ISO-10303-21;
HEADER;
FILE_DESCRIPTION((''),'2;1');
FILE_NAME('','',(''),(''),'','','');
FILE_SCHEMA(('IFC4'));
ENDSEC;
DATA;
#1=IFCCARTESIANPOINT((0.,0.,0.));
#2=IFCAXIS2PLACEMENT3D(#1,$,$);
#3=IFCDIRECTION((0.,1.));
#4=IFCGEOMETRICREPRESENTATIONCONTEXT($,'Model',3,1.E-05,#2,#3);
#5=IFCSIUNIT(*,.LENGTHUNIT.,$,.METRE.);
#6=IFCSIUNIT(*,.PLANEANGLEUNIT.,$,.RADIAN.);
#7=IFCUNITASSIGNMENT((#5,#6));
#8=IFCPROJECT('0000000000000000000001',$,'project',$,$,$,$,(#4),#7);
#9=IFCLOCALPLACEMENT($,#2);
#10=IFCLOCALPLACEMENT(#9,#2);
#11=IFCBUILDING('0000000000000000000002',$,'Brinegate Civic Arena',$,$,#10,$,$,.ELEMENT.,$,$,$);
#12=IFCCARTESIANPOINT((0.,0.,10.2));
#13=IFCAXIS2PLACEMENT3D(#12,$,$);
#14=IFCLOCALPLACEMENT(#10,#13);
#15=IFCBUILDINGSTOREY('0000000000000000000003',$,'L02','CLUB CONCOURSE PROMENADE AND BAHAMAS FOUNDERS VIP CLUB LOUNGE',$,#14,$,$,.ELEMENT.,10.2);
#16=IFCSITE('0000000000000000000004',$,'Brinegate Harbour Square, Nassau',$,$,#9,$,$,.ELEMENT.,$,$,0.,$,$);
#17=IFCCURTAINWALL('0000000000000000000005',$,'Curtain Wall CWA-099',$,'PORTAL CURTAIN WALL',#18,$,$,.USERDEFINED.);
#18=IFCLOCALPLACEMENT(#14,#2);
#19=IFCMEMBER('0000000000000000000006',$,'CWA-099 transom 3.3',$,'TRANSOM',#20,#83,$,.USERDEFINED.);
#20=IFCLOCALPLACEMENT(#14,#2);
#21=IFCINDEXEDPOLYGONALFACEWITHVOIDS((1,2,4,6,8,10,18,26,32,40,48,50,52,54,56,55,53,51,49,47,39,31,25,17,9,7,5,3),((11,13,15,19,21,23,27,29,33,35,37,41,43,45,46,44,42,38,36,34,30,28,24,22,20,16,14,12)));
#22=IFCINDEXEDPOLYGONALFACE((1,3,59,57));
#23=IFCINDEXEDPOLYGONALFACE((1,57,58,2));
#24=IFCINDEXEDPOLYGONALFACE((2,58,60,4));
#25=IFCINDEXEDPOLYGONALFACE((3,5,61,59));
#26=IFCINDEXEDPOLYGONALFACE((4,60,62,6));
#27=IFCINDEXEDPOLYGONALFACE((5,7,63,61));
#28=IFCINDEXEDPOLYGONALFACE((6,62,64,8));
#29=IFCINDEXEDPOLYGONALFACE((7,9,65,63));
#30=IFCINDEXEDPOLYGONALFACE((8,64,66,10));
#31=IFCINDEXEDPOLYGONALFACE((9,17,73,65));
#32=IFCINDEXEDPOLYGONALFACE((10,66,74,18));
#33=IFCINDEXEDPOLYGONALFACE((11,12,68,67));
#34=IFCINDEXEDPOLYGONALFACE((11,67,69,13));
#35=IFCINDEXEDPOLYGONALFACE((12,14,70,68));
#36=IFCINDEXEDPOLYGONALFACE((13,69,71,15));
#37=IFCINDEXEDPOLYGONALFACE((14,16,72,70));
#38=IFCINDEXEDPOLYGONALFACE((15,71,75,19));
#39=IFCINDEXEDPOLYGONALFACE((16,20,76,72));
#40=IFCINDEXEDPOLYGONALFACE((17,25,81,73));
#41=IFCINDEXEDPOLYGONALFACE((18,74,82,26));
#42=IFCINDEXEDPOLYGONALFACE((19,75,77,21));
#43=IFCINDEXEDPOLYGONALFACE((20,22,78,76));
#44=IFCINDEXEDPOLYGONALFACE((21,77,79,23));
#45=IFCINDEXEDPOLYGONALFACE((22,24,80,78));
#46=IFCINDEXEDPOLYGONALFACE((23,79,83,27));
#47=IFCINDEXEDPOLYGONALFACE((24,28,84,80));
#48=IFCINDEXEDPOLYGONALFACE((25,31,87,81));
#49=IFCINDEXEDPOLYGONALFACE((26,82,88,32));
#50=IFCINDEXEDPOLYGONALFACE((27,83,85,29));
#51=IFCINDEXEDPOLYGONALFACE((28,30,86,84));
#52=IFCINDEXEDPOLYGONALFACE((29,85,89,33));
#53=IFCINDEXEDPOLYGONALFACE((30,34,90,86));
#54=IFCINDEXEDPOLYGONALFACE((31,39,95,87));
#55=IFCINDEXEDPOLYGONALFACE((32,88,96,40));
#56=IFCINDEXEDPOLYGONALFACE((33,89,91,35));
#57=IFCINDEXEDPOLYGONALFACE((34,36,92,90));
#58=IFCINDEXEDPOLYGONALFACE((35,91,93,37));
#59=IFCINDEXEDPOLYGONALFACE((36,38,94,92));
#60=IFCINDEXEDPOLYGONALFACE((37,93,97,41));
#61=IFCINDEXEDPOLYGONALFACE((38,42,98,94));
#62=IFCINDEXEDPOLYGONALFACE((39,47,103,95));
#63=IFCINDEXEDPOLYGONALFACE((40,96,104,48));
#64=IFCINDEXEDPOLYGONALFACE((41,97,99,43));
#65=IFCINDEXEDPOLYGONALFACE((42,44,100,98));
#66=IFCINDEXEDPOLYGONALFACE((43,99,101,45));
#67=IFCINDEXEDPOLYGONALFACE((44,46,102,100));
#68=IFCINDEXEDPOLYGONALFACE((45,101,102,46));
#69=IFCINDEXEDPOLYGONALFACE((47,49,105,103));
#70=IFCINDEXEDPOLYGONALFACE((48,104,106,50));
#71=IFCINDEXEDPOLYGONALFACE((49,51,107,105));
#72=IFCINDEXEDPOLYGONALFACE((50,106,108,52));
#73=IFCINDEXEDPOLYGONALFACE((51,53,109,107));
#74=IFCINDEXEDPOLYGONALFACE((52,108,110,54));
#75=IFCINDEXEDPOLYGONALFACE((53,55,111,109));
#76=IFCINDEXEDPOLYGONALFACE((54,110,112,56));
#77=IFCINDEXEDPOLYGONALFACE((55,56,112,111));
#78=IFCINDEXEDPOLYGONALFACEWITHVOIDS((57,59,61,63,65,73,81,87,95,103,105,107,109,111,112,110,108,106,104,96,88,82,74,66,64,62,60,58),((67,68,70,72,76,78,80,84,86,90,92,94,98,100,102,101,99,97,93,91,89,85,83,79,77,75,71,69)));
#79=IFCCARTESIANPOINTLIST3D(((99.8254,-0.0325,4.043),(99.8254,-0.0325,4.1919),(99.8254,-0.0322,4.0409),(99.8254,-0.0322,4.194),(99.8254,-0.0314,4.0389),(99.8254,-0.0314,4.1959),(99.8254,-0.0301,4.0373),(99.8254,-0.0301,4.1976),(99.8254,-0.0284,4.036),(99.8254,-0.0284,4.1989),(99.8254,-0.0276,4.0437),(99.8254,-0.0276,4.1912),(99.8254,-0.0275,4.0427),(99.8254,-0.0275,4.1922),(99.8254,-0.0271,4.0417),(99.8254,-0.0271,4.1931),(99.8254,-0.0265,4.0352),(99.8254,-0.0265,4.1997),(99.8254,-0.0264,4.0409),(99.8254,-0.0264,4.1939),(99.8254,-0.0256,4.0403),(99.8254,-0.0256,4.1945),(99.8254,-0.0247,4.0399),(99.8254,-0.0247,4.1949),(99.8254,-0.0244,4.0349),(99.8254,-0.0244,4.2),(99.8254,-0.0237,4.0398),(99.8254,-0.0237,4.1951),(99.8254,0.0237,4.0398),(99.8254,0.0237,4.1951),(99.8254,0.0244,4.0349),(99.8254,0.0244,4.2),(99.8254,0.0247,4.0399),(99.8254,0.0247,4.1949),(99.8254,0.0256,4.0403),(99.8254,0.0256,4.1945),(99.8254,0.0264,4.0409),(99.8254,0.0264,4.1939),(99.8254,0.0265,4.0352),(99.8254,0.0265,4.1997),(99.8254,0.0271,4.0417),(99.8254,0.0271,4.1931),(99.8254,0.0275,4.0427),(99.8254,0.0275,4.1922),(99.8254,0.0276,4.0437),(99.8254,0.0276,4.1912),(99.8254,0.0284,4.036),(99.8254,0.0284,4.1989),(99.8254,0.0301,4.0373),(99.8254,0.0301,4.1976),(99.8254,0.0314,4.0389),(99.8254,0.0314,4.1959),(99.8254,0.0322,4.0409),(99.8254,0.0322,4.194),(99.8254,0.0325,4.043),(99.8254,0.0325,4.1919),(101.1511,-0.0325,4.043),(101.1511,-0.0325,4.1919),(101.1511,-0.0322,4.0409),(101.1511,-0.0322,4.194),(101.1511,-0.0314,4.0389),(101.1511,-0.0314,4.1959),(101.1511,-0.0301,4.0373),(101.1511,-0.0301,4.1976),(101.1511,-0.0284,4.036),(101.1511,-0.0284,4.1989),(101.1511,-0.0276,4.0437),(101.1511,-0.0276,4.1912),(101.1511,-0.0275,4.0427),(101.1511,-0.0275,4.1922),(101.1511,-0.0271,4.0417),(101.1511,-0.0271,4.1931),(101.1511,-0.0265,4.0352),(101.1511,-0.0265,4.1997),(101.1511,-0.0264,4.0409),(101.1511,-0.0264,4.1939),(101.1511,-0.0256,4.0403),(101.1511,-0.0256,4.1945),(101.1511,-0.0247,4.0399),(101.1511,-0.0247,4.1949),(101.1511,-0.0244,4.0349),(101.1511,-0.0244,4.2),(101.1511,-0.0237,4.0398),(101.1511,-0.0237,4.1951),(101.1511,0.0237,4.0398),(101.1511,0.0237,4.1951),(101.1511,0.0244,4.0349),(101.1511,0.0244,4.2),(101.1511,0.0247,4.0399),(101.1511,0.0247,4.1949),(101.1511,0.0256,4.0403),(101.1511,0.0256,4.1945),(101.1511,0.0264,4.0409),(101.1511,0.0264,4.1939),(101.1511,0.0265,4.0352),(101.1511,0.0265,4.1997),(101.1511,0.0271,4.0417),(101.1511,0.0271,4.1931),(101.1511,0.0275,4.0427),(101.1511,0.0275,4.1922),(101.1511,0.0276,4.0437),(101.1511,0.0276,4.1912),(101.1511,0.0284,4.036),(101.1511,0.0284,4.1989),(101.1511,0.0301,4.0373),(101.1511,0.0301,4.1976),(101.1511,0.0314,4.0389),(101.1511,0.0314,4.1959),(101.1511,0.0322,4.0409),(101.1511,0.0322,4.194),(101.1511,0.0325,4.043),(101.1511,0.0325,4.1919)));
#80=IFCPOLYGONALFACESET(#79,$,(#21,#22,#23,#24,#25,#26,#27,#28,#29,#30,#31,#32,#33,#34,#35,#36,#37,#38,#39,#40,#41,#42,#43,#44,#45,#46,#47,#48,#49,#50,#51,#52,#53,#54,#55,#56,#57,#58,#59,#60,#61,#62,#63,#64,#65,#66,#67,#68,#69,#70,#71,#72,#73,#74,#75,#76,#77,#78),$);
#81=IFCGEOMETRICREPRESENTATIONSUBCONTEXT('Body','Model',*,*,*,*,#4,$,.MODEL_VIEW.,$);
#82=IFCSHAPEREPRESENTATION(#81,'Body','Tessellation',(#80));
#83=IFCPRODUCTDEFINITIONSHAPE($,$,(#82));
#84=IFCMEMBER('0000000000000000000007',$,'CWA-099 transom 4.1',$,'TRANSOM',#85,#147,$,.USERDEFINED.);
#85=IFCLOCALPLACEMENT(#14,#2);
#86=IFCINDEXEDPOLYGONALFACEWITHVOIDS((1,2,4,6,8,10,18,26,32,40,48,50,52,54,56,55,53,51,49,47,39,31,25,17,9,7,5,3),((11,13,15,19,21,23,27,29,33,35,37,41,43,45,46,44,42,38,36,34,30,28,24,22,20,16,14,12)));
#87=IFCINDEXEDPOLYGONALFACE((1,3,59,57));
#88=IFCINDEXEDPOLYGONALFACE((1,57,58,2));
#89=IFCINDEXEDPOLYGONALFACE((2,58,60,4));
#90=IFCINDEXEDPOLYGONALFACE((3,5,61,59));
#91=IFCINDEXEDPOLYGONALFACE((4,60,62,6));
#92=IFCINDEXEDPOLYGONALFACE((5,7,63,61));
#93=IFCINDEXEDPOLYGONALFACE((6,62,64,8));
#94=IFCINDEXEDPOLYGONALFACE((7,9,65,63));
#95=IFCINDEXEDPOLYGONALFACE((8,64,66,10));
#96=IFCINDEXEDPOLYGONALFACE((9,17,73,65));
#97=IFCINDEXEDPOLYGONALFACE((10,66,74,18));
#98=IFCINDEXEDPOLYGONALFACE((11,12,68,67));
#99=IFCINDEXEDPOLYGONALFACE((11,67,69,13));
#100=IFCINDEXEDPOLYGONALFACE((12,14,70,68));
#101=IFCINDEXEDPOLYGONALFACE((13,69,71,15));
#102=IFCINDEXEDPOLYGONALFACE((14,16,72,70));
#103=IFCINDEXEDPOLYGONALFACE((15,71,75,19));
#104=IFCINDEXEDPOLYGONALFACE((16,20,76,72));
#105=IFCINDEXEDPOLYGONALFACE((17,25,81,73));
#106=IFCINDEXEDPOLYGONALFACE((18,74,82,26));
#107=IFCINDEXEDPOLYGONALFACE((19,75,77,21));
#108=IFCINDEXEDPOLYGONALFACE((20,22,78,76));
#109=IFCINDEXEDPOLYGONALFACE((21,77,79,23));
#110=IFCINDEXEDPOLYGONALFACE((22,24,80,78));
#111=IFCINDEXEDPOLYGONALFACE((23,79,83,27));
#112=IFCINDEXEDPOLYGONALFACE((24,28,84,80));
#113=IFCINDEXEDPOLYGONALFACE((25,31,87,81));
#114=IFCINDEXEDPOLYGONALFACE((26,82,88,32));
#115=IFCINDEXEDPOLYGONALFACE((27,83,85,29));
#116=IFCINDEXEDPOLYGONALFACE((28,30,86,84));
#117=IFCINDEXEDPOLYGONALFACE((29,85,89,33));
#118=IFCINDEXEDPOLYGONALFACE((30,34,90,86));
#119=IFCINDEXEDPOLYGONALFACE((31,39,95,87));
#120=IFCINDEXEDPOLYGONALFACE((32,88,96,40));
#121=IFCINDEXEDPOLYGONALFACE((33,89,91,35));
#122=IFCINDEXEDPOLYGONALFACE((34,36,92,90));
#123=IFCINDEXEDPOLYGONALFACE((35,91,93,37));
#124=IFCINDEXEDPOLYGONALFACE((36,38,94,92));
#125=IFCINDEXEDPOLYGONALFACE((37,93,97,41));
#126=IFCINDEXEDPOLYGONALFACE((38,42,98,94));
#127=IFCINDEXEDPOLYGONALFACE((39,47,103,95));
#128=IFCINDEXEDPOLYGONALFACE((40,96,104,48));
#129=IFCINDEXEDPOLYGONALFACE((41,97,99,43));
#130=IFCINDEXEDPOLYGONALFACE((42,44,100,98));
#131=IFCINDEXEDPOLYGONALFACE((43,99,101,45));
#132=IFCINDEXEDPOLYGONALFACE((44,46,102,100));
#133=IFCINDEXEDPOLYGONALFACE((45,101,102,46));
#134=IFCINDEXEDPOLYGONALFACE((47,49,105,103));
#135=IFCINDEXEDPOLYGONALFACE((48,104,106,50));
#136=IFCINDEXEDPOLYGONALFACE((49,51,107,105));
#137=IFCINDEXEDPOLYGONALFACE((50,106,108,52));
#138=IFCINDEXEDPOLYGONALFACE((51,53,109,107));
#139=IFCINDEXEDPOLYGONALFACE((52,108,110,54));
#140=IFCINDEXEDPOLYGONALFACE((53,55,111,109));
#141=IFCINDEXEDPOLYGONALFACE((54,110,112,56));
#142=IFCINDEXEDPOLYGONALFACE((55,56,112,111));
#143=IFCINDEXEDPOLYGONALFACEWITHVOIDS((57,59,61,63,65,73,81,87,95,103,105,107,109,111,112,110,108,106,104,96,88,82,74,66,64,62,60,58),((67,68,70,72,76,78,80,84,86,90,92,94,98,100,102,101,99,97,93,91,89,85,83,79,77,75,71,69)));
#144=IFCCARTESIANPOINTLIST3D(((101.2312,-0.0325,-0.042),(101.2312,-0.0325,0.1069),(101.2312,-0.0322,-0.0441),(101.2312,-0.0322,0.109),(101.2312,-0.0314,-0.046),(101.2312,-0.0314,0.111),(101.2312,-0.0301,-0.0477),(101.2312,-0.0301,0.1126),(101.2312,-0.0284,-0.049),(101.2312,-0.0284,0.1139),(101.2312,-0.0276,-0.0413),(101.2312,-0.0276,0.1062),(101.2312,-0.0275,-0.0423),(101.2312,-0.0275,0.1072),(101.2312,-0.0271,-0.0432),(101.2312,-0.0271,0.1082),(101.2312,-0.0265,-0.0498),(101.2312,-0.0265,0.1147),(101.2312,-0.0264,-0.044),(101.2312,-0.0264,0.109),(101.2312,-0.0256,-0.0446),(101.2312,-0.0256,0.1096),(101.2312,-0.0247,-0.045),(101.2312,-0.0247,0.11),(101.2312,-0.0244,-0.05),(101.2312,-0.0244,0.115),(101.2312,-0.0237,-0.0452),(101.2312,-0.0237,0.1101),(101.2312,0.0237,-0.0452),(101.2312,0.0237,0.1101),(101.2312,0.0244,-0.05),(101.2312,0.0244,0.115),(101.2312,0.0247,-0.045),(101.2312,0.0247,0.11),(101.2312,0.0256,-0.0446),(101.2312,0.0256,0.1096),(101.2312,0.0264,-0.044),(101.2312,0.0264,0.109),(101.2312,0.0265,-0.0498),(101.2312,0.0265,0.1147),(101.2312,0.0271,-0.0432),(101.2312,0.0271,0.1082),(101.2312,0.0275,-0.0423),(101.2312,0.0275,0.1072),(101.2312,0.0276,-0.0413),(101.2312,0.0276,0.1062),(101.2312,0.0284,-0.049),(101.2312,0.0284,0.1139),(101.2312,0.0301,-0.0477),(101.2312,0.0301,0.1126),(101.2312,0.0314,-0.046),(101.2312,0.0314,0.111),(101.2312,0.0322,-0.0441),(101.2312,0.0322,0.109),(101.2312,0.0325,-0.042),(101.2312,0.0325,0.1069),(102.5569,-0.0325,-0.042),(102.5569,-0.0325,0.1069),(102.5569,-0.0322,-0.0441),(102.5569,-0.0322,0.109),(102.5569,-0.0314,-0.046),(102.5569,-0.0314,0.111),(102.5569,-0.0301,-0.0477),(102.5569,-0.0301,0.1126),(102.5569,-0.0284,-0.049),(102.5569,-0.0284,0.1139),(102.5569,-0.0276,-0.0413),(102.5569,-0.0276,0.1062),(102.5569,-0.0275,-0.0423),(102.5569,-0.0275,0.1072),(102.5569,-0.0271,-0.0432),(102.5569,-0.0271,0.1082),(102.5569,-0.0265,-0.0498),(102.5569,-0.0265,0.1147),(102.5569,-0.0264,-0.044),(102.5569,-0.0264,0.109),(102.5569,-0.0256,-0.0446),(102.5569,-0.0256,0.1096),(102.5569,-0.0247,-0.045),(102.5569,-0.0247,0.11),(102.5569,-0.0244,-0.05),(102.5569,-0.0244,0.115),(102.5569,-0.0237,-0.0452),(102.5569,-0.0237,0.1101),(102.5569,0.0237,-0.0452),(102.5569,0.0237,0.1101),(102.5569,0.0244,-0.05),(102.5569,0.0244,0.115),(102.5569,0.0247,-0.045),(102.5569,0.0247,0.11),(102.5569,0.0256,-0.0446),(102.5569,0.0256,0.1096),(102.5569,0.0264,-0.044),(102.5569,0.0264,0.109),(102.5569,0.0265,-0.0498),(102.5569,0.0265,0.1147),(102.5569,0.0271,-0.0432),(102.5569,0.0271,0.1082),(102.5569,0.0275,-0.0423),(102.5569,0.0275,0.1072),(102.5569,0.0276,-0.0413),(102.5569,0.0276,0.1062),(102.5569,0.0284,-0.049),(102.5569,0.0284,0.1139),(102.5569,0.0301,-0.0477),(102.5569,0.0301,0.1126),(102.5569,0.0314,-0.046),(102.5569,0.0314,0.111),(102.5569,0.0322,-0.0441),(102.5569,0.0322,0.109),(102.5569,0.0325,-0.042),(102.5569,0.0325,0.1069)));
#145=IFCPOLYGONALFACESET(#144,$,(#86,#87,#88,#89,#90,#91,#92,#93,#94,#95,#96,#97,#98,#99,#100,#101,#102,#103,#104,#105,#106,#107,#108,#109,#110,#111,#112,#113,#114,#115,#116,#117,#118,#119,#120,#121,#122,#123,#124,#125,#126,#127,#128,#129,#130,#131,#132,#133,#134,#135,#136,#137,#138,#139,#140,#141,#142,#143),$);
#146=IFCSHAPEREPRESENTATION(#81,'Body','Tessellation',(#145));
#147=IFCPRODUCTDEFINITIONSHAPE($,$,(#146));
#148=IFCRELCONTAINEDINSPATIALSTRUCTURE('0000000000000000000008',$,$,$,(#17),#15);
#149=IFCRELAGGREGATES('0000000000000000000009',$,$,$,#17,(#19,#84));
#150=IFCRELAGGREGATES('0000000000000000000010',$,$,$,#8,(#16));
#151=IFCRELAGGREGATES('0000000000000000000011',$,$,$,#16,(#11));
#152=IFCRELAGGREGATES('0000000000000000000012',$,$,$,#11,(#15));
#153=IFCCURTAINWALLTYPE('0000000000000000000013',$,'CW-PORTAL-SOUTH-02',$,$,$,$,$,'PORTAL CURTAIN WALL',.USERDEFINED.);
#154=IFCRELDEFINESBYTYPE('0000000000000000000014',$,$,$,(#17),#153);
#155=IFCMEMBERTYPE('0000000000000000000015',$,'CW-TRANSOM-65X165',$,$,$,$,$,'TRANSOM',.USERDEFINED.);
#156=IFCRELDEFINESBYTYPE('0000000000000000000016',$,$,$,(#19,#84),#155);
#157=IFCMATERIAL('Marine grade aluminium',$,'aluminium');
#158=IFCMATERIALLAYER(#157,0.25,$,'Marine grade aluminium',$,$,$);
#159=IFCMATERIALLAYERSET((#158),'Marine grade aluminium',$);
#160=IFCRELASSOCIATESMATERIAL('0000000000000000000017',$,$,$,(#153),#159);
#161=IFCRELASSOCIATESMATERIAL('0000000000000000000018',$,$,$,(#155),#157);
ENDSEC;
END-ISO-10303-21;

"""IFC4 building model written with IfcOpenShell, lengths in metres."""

from ifc_helpers import new_model, si_unit, direction, frame, origin, origin_2d, place, context, subcontext, project, spatial, hollow_rectangle, extrude, material, layer, layer_set, material_profile, profile_set, type_object, element, aggregate, save


model = new_model("IFC4")

# Units and contexts
model_context = context("Model", 3, precision=1e-05, world=origin(), true_north=direction((0.0, 1.0)))
body_context = subcontext(model_context, "Body", "Model", "MODEL_VIEW")
ifc_project = project(units=[si_unit("LENGTHUNIT", "METRE"), si_unit("PLANEANGLEUNIT", "RADIAN")], contexts=[model_context])

# Site, building, storey
site_placement = place(None, origin())
site = spatial("IfcSite", under=ifc_project, at=site_placement, Name="Brinegate Harbour Square, Nassau", CompositionType="ELEMENT", RefElevation=0.0)
building_placement = place(site_placement, origin())
building = spatial("IfcBuilding", under=site, at=building_placement, Name="Brinegate Civic Arena", CompositionType="ELEMENT")
storey_placement = place(building_placement, frame((0.0, 0.0, 10.2)))
storey = spatial("IfcBuildingStorey", under=building, at=storey_placement, Name="L02", Description="CLUB CONCOURSE PROMENADE AND BAHAMAS FOUNDERS VIP CLUB LOUNGE", CompositionType="ELEMENT", Elevation=10.2)

# Shared definitions
ifc_material_1 = material(Name="Marine grade aluminium", Category="aluminium")
ifc_layer_1 = layer(ifc_material_1, 0.25, Name="Marine grade aluminium")
ifc_layer_set_1 = layer_set([ifc_layer_1], Name="Marine grade aluminium")
curtain_wall_type = type_object("IfcCurtainWallType", Name="CW-PORTAL-SOUTH-02", ElementType="PORTAL CURTAIN WALL", PredefinedType="USERDEFINED", material=ifc_layer_set_1)

# Curtain wall, members
curtain_wall_1_placement = place(storey_placement, origin())
curtain_wall_1 = element("IfcCurtainWall", 1, at=curtain_wall_1_placement, inside=storey, type_object=curtain_wall_type, Name="Curtain Wall CWA-099", ObjectType="PORTAL CURTAIN WALL", PredefinedType="USERDEFINED")
ifc_material_profile_1 = material_profile(ifc_material_1, hollow_rectangle(XDim=0.0649, YDim=0.165, WallThickness=0.0049, InnerFilletRadius=0.0039, OuterFilletRadius=0.0081, at=origin_2d()), Name="TRN65X165")
ifc_profile_set_1 = profile_set([ifc_material_profile_1], Name="Marine grade aluminium")
member_type_1 = type_object("IfcMemberType", Name="CW-TRANSOM-65X165", ElementType="TRANSOM", PredefinedType="USERDEFINED", material=ifc_profile_set_1)
member_1_placement = place(storey_placement, frame((99.8254, 0.0, 4.1174), z_axis=(1.0, 0.0, 0.0), x_axis=(0.0, 1.0, 0.0)))
member_1 = element("IfcMember", 2, at=member_1_placement, type_object=member_type_1, Name="CWA-099 transom 3.3", ObjectType="TRANSOM", PredefinedType="USERDEFINED", context=body_context, shape_type="SweptSolid", body=[
    extrude(hollow_rectangle(XDim=0.0649, YDim=0.165, WallThickness=0.0049, InnerFilletRadius=0.0039, OuterFilletRadius=0.0081, at=origin_2d()), origin(), (0.0, 0.0, 1.0), 1.3257),
])
member_2_placement = place(storey_placement, frame((101.2312, 0.0, 0.0325), z_axis=(1.0, 0.0, 0.0), x_axis=(0.0, 1.0, 0.0)))
member_2 = element("IfcMember", 3, at=member_2_placement, type_object=member_type_1, Name="CWA-099 transom 4.1", ObjectType="TRANSOM", PredefinedType="USERDEFINED", context=body_context, shape_type="SweptSolid", body=[
    extrude(hollow_rectangle(XDim=0.0649, YDim=0.165, WallThickness=0.0049, InnerFilletRadius=0.0039, OuterFilletRadius=0.0081, at=origin_2d()), origin(), (0.0, 0.0, 1.0), 1.3257),
])

aggregate(curtain_wall_1, [member_1, member_2])

save(model, "model.ifc")
